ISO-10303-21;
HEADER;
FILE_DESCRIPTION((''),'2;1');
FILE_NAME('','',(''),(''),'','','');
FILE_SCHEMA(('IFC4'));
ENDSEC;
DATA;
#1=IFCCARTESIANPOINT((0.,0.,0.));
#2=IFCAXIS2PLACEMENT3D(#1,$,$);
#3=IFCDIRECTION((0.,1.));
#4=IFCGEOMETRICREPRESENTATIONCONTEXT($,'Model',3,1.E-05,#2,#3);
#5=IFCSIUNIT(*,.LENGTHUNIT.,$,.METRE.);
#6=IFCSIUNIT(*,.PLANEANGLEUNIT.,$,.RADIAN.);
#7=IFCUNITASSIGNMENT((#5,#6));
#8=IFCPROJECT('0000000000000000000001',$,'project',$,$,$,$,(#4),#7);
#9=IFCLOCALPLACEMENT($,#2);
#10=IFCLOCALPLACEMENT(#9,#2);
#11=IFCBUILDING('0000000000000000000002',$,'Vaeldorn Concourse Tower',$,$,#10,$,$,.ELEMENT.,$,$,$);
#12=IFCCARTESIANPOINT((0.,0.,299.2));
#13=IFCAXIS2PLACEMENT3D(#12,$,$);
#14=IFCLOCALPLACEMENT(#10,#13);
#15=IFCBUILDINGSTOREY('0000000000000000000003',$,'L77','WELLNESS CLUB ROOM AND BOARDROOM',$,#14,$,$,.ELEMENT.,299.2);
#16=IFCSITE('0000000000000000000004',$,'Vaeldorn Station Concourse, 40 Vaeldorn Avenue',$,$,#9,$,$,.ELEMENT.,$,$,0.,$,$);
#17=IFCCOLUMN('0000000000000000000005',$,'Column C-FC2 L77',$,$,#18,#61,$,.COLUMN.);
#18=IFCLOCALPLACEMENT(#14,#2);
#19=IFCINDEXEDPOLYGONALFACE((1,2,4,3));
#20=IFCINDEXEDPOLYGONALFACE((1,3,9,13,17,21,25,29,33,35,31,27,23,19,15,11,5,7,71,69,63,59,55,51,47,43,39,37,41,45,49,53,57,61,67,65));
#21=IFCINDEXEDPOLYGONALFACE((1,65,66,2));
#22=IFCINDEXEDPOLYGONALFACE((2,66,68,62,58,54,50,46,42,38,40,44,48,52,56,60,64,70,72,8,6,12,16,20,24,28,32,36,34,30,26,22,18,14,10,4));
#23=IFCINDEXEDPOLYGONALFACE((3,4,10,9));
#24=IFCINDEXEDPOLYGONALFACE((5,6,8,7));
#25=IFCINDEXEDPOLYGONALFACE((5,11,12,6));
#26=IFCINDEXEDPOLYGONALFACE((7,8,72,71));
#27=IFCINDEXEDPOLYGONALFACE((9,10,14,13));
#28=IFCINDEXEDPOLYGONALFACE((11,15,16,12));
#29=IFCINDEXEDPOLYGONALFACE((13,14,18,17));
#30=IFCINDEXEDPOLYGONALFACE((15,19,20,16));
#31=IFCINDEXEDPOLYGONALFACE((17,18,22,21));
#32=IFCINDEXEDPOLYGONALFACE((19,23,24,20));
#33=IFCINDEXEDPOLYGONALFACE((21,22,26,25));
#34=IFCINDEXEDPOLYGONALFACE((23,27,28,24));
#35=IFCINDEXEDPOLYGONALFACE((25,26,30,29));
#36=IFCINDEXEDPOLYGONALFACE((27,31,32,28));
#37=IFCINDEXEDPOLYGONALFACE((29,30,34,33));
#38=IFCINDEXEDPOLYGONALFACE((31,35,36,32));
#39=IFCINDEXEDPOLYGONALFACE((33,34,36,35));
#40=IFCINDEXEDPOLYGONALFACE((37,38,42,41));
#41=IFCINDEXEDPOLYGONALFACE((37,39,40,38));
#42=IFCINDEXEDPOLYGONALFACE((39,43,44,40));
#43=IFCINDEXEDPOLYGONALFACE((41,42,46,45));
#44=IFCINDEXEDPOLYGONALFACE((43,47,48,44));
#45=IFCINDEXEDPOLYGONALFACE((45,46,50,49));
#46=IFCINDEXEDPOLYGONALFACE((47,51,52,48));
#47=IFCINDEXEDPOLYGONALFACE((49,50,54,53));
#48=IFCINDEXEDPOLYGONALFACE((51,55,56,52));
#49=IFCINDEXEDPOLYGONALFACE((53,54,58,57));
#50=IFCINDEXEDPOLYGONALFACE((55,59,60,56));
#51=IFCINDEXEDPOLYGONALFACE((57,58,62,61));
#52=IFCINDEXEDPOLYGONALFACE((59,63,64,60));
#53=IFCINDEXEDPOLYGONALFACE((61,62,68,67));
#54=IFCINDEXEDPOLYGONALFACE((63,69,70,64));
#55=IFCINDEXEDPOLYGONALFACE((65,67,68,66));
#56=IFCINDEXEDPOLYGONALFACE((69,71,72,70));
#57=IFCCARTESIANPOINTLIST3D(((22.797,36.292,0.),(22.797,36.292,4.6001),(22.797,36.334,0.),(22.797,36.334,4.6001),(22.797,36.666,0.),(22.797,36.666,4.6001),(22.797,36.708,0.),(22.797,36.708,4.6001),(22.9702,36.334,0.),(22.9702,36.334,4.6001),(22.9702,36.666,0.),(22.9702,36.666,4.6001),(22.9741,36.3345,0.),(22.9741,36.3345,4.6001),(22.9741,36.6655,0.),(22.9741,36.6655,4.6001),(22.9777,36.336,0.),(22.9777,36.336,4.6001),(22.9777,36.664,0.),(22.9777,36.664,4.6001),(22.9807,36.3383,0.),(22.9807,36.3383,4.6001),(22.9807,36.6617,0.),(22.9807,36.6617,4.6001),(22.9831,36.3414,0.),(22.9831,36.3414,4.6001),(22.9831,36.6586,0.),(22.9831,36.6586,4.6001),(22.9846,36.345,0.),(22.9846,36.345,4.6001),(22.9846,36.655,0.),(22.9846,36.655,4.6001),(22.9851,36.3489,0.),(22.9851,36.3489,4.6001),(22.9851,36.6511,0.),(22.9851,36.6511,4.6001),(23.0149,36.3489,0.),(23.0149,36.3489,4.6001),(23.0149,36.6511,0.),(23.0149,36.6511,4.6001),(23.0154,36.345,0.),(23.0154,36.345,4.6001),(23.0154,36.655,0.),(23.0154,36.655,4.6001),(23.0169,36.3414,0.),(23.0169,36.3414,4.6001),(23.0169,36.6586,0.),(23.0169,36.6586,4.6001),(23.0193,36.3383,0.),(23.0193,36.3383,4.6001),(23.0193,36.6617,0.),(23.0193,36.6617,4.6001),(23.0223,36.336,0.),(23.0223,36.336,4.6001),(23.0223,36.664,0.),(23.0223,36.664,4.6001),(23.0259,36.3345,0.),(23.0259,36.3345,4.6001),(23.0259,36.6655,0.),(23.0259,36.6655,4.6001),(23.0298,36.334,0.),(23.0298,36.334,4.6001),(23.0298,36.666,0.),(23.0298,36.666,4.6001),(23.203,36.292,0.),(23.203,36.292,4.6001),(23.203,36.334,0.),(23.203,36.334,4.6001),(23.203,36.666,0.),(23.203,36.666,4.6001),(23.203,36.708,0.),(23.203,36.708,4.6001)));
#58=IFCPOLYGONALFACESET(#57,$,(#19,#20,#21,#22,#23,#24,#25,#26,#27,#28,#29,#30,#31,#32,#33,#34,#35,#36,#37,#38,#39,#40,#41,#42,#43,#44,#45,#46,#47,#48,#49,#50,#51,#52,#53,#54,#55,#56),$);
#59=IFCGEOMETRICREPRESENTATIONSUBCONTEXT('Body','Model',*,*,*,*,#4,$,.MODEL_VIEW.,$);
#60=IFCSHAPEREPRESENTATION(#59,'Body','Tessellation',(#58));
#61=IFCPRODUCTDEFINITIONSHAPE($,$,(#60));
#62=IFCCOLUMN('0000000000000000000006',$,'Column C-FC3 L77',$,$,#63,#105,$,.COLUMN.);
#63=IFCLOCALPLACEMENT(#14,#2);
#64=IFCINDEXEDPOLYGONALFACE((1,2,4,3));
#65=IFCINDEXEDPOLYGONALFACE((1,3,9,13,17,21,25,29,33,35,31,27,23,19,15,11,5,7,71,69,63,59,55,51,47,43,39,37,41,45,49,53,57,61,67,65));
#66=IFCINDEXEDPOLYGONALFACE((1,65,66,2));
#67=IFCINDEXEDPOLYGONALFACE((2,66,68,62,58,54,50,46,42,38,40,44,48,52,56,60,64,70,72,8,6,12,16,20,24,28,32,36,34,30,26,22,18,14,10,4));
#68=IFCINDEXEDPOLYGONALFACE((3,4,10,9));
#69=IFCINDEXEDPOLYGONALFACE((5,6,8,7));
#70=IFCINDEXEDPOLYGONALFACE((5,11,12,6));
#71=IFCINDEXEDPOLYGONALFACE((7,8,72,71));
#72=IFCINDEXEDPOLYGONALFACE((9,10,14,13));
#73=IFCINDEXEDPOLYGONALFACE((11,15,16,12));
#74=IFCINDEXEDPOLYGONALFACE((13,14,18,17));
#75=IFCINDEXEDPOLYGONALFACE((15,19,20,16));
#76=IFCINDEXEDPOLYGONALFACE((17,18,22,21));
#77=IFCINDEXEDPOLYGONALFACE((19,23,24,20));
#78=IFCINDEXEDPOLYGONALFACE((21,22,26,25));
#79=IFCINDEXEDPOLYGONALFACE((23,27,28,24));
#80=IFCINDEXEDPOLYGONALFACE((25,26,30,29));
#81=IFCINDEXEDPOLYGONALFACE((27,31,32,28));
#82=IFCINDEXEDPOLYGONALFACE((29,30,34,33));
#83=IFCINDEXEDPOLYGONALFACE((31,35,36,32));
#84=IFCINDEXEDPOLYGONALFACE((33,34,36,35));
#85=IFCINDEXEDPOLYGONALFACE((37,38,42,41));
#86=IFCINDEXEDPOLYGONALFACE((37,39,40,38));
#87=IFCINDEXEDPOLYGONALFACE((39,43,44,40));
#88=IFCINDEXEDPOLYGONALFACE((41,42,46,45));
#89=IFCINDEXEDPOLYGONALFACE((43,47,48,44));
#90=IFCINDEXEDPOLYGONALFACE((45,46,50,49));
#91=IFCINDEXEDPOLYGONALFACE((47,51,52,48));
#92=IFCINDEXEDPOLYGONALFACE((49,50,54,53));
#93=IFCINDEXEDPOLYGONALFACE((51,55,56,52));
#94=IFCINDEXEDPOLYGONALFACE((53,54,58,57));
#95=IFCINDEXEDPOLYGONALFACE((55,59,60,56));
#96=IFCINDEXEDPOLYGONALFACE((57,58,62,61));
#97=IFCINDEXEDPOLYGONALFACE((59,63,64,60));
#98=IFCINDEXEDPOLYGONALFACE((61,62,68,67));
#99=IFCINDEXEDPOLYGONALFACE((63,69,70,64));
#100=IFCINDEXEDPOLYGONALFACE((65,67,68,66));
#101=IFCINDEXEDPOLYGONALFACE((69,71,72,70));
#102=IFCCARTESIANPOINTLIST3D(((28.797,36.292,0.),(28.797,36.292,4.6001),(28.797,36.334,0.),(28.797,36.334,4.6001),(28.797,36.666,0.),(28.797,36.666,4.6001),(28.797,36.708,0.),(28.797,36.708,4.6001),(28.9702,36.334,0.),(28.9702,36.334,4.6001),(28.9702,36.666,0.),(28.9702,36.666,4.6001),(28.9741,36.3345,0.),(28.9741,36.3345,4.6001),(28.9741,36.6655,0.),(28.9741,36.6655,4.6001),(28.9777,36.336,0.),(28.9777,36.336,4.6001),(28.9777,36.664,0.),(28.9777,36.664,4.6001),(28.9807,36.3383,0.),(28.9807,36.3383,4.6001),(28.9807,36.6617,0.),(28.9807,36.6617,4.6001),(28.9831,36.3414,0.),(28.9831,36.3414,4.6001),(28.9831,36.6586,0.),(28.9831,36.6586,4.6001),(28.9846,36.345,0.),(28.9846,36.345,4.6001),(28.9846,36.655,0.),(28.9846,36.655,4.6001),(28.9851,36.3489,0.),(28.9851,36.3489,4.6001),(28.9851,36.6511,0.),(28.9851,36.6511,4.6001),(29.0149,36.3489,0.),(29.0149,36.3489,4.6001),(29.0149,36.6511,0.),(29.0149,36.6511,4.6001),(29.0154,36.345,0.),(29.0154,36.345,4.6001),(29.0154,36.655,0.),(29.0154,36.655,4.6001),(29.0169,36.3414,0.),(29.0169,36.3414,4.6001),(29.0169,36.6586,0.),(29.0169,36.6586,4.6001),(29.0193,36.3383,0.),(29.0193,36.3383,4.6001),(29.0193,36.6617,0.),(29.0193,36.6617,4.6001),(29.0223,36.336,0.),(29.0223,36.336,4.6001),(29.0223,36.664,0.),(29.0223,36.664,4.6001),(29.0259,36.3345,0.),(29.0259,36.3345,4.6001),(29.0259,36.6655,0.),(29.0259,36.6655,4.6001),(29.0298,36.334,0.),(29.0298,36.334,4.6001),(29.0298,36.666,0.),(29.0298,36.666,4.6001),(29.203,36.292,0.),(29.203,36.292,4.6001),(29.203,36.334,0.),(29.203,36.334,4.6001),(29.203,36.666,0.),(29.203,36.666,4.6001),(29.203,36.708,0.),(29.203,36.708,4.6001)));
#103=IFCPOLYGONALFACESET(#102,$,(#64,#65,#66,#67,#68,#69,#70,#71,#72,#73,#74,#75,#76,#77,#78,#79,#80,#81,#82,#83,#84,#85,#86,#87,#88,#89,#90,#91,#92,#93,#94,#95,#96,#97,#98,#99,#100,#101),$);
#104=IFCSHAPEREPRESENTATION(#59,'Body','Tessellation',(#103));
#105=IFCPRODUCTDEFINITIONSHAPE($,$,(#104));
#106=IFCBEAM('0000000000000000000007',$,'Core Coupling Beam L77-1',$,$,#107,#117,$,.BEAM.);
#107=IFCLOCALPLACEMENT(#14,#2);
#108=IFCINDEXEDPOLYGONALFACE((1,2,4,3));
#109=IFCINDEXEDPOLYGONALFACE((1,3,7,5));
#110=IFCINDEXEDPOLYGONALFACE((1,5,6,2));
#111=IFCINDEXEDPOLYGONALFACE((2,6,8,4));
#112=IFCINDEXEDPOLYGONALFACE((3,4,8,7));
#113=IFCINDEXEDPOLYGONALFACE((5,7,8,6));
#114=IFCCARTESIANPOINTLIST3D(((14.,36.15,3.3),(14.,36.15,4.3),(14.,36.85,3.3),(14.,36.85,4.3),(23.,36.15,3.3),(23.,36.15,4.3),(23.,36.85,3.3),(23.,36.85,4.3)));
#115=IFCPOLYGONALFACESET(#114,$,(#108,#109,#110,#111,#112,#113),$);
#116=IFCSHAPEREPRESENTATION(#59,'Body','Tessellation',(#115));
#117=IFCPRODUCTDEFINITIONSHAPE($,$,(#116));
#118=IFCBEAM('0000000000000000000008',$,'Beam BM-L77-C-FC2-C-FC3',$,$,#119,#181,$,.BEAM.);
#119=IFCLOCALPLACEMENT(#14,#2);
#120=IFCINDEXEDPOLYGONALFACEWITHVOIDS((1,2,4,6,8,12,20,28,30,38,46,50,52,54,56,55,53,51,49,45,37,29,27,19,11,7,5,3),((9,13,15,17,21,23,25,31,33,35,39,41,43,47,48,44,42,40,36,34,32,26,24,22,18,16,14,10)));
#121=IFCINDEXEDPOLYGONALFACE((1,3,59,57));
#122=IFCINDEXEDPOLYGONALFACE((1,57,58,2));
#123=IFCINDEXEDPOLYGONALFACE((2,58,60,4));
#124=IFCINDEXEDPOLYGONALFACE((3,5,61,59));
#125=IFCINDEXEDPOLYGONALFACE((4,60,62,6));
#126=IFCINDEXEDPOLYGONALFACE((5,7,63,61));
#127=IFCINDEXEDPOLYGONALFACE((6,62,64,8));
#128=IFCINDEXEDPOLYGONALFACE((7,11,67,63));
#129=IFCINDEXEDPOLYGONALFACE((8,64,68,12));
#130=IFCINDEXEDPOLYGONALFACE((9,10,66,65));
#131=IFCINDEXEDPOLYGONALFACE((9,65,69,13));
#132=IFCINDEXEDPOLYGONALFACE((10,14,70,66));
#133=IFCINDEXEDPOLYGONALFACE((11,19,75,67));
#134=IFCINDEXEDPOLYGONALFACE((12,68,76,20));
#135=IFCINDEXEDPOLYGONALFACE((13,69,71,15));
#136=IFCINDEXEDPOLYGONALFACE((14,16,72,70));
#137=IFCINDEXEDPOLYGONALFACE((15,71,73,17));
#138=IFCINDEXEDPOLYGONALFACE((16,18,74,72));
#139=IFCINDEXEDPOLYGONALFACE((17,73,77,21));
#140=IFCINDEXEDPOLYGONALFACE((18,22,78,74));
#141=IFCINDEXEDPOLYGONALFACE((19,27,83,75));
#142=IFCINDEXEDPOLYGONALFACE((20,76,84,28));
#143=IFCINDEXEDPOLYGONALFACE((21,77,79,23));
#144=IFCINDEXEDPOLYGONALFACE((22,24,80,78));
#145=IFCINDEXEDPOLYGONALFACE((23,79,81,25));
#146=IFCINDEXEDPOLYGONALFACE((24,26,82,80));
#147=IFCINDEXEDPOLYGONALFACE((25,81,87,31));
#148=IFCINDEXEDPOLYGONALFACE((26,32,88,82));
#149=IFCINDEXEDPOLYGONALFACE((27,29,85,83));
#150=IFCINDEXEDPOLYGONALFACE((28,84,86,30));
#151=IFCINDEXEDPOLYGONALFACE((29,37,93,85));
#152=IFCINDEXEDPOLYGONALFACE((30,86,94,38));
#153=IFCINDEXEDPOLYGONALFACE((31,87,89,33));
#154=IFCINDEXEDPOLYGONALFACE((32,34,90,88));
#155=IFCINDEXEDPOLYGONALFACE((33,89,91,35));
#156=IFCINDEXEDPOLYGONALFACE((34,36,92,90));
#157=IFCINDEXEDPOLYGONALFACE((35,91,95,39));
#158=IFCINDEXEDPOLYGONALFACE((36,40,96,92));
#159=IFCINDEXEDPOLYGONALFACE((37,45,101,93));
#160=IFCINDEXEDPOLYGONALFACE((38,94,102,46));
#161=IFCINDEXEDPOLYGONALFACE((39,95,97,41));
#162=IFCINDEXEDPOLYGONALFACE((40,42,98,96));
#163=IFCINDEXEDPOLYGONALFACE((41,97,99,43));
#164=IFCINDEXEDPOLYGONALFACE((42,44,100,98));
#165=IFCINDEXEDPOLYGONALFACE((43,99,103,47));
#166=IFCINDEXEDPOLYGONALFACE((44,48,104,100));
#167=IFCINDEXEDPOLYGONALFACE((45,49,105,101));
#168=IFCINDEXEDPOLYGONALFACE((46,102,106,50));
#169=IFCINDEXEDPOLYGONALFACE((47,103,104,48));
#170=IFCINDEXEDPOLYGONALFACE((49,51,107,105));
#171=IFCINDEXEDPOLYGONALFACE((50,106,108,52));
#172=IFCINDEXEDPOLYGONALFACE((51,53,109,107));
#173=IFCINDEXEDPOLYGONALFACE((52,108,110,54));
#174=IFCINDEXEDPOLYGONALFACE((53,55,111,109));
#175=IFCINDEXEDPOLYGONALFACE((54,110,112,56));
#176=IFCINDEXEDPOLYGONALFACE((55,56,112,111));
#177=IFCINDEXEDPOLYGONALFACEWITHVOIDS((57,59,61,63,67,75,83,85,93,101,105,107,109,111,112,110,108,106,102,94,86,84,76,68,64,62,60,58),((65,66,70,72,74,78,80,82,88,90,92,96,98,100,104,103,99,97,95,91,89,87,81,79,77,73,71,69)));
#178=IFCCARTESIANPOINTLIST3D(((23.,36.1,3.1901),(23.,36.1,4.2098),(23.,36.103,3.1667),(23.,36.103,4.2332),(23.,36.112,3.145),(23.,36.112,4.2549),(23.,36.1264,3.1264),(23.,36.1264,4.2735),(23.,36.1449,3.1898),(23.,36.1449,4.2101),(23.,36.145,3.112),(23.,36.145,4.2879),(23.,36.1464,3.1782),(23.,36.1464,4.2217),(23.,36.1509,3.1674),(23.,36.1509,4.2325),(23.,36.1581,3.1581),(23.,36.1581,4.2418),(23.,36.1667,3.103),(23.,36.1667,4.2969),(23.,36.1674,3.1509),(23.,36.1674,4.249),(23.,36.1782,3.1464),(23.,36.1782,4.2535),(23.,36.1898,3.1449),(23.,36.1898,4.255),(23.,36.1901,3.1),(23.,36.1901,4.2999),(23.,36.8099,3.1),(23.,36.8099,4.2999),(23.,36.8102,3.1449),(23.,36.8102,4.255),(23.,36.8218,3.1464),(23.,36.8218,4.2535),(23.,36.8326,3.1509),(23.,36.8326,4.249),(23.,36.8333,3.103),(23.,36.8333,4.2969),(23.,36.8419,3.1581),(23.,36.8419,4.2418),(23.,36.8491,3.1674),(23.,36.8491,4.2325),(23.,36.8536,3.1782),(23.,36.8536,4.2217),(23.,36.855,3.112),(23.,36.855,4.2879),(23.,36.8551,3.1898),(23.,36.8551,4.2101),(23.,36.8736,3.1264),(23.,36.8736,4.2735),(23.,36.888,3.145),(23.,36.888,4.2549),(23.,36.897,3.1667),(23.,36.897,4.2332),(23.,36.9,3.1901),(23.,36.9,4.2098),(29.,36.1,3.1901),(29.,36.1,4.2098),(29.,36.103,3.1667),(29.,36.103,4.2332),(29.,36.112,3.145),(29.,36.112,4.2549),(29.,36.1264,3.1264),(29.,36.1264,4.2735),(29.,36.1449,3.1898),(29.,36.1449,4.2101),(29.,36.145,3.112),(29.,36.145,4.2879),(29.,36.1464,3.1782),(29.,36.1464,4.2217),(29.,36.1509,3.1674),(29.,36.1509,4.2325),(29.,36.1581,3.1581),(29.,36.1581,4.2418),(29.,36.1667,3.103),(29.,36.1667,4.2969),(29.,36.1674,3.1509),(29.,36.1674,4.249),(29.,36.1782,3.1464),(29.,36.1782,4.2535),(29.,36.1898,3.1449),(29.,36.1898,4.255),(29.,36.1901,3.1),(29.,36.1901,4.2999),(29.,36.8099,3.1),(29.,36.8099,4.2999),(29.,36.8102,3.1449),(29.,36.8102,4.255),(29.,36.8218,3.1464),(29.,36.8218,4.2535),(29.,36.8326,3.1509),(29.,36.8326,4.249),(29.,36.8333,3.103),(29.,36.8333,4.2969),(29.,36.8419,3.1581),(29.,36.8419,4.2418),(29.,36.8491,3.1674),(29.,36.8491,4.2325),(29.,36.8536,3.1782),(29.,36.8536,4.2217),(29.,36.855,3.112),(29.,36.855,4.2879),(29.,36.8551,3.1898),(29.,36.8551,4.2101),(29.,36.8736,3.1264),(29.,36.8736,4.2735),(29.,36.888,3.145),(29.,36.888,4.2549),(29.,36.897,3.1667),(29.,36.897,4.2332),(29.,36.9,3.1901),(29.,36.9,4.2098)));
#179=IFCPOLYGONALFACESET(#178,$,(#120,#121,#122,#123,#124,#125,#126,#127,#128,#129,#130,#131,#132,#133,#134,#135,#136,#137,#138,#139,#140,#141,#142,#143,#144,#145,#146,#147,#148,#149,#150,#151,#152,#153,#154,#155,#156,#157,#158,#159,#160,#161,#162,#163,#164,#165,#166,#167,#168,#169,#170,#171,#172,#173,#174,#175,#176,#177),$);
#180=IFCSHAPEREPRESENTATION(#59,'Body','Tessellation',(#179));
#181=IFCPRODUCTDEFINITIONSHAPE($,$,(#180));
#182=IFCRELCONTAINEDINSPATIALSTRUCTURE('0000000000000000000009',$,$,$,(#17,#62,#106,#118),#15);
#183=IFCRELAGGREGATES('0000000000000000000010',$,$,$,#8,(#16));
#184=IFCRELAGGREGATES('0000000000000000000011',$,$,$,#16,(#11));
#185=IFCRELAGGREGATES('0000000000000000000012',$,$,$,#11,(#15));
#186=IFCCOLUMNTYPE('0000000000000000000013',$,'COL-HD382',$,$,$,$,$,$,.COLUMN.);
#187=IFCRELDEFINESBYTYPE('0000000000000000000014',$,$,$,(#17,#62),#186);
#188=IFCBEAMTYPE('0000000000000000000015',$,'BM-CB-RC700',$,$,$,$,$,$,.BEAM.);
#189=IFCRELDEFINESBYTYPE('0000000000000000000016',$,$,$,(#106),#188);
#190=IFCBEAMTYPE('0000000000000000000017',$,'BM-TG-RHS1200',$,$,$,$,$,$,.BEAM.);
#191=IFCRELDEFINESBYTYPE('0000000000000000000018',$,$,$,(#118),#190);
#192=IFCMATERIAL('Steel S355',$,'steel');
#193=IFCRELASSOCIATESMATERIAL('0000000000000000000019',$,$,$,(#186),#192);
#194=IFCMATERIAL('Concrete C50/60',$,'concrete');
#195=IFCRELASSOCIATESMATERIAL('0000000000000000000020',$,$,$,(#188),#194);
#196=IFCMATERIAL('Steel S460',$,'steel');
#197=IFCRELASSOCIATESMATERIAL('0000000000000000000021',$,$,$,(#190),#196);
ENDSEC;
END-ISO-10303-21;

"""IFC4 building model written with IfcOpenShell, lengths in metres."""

from ifc_helpers import new_model, si_unit, direction, frame, origin, origin_2d, place, context, subcontext, project, spatial, rectangle, hollow_rectangle, i_section, extrude, source, transform, mapped, material, material_profile, profile_set, type_object, element, save


model = new_model("IFC4")

# Units and contexts
model_context = context("Model", 3, precision=1e-05, world=origin(), true_north=direction((0.0, 1.0)))
body_context = subcontext(model_context, "Body", "Model", "MODEL_VIEW")
ifc_project = project(units=[si_unit("LENGTHUNIT", "METRE"), si_unit("PLANEANGLEUNIT", "RADIAN")], contexts=[model_context])

# Site, building, storey
site_placement = place(None, origin())
site = spatial("IfcSite", under=ifc_project, at=site_placement, Name="Vaeldorn Station Concourse, 40 Vaeldorn Avenue", CompositionType="ELEMENT", RefElevation=0.0)
building_placement = place(site_placement, origin())
building = spatial("IfcBuilding", under=site, at=building_placement, Name="Vaeldorn Concourse Tower", CompositionType="ELEMENT")
storey_placement = place(building_placement, frame((0.0, 0.0, 299.2)))
storey = spatial("IfcBuildingStorey", under=building, at=storey_placement, Name="L77", Description="WELLNESS CLUB ROOM AND BOARDROOM", CompositionType="ELEMENT", Elevation=299.2)

# Columns
ifc_material_1 = material(Name="Steel S355", Category="steel")
ifc_material_profile_1 = material_profile(ifc_material_1, i_section(OverallWidth=0.406, OverallDepth=0.416, WebThickness=0.0298, FlangeThickness=0.042, FilletRadius=0.0149, at=origin_2d()), Name="HD 400x382")
ifc_profile_set_1 = profile_set([ifc_material_profile_1], Name="Steel S355")
column_type = type_object("IfcColumnType", Name="COL-HD382", PredefinedType="COLUMN", material=ifc_profile_set_1)
shared_shape_1 = source(origin(), body_context, "Body", "SweptSolid", [
    extrude(i_section(OverallWidth=0.406, OverallDepth=0.416, WebThickness=0.0298, FlangeThickness=0.042, FilletRadius=0.0149, at=origin_2d()), origin(), (0.0, 0.0, 1.0), 4.6001),
])
for number, where, z_axis, x_axis, name in (
    (1, (23.0, 36.5, 0.0), (0.0, 0.0, 1.0), (1.0, 0.0, 0.0), "Column C-FC2 L77"),
    (2, (29.0, 36.5, 0.0), (0.0, 0.0, 1.0), (1.0, 0.0, 0.0), "Column C-FC3 L77"),
):
    element("IfcColumn", number, at=place(storey_placement, frame(where, z_axis=z_axis, x_axis=x_axis)), inside=storey, type_object=column_type, Name=name, PredefinedType="COLUMN", context=body_context, shape_type="MappedRepresentation", body=[
        mapped(shared_shape_1, transform((0.0, 0.0, 0.0), scale=1.0)),
    ])

# Beams
ifc_material_2 = material(Name="Concrete C50/60", Category="concrete")
ifc_material_profile_2 = material_profile(ifc_material_2, rectangle(XDim=0.7, YDim=1.0, at=origin_2d()), Name="RC 700x1000")
ifc_profile_set_2 = profile_set([ifc_material_profile_2], Name="Concrete C50/60")
beam_type_1 = type_object("IfcBeamType", Name="BM-CB-RC700", PredefinedType="BEAM", material=ifc_profile_set_2)
shared_shape_2 = source(origin(), body_context, "Body", "SweptSolid", [
    extrude(rectangle(XDim=0.7, YDim=1.0, at=origin_2d()), origin(), (0.0, 0.0, 1.0), 9.0),
])
beam_1_placement = place(storey_placement, frame((14.0, 36.5, 3.8), z_axis=(1.0, 0.0, 0.0), x_axis=(0.0, 1.0, 0.0)))
element("IfcBeam", 3, at=beam_1_placement, inside=storey, type_object=beam_type_1, Name="Core Coupling Beam L77-1", PredefinedType="BEAM", context=body_context, shape_type="MappedRepresentation", body=[
    mapped(shared_shape_2, transform((0.0, 0.0, 0.0), scale=1.0)),
])
ifc_material_3 = material(Name="Steel S460", Category="steel")
ifc_material_profile_3 = material_profile(ifc_material_3, hollow_rectangle(XDim=0.8, YDim=1.2, WallThickness=0.0449, InnerFilletRadius=0.0449, OuterFilletRadius=0.0901, at=origin_2d()), Name="RHS 1200x800x45")
ifc_profile_set_3 = profile_set([ifc_material_profile_3], Name="Steel S460")
beam_type_2 = type_object("IfcBeamType", Name="BM-TG-RHS1200", PredefinedType="BEAM", material=ifc_profile_set_3)
shared_shape_3 = source(origin(), body_context, "Body", "SweptSolid", [
    extrude(hollow_rectangle(XDim=0.8, YDim=1.2, WallThickness=0.0449, InnerFilletRadius=0.0449, OuterFilletRadius=0.0901, at=origin_2d()), origin(), (0.0, 0.0, 1.0), 6.0),
])
beam_2_placement = place(storey_placement, frame((23.0, 36.5, 3.7), z_axis=(1.0, 0.0, 0.0), x_axis=(0.0, 1.0, 0.0)))
element("IfcBeam", 4, at=beam_2_placement, inside=storey, type_object=beam_type_2, Name="Beam BM-L77-C-FC2-C-FC3", PredefinedType="BEAM", context=body_context, shape_type="MappedRepresentation", body=[
    mapped(shared_shape_3, transform((0.0, 0.0, 0.0), scale=1.0)),
])

save(model, "model.ifc")
